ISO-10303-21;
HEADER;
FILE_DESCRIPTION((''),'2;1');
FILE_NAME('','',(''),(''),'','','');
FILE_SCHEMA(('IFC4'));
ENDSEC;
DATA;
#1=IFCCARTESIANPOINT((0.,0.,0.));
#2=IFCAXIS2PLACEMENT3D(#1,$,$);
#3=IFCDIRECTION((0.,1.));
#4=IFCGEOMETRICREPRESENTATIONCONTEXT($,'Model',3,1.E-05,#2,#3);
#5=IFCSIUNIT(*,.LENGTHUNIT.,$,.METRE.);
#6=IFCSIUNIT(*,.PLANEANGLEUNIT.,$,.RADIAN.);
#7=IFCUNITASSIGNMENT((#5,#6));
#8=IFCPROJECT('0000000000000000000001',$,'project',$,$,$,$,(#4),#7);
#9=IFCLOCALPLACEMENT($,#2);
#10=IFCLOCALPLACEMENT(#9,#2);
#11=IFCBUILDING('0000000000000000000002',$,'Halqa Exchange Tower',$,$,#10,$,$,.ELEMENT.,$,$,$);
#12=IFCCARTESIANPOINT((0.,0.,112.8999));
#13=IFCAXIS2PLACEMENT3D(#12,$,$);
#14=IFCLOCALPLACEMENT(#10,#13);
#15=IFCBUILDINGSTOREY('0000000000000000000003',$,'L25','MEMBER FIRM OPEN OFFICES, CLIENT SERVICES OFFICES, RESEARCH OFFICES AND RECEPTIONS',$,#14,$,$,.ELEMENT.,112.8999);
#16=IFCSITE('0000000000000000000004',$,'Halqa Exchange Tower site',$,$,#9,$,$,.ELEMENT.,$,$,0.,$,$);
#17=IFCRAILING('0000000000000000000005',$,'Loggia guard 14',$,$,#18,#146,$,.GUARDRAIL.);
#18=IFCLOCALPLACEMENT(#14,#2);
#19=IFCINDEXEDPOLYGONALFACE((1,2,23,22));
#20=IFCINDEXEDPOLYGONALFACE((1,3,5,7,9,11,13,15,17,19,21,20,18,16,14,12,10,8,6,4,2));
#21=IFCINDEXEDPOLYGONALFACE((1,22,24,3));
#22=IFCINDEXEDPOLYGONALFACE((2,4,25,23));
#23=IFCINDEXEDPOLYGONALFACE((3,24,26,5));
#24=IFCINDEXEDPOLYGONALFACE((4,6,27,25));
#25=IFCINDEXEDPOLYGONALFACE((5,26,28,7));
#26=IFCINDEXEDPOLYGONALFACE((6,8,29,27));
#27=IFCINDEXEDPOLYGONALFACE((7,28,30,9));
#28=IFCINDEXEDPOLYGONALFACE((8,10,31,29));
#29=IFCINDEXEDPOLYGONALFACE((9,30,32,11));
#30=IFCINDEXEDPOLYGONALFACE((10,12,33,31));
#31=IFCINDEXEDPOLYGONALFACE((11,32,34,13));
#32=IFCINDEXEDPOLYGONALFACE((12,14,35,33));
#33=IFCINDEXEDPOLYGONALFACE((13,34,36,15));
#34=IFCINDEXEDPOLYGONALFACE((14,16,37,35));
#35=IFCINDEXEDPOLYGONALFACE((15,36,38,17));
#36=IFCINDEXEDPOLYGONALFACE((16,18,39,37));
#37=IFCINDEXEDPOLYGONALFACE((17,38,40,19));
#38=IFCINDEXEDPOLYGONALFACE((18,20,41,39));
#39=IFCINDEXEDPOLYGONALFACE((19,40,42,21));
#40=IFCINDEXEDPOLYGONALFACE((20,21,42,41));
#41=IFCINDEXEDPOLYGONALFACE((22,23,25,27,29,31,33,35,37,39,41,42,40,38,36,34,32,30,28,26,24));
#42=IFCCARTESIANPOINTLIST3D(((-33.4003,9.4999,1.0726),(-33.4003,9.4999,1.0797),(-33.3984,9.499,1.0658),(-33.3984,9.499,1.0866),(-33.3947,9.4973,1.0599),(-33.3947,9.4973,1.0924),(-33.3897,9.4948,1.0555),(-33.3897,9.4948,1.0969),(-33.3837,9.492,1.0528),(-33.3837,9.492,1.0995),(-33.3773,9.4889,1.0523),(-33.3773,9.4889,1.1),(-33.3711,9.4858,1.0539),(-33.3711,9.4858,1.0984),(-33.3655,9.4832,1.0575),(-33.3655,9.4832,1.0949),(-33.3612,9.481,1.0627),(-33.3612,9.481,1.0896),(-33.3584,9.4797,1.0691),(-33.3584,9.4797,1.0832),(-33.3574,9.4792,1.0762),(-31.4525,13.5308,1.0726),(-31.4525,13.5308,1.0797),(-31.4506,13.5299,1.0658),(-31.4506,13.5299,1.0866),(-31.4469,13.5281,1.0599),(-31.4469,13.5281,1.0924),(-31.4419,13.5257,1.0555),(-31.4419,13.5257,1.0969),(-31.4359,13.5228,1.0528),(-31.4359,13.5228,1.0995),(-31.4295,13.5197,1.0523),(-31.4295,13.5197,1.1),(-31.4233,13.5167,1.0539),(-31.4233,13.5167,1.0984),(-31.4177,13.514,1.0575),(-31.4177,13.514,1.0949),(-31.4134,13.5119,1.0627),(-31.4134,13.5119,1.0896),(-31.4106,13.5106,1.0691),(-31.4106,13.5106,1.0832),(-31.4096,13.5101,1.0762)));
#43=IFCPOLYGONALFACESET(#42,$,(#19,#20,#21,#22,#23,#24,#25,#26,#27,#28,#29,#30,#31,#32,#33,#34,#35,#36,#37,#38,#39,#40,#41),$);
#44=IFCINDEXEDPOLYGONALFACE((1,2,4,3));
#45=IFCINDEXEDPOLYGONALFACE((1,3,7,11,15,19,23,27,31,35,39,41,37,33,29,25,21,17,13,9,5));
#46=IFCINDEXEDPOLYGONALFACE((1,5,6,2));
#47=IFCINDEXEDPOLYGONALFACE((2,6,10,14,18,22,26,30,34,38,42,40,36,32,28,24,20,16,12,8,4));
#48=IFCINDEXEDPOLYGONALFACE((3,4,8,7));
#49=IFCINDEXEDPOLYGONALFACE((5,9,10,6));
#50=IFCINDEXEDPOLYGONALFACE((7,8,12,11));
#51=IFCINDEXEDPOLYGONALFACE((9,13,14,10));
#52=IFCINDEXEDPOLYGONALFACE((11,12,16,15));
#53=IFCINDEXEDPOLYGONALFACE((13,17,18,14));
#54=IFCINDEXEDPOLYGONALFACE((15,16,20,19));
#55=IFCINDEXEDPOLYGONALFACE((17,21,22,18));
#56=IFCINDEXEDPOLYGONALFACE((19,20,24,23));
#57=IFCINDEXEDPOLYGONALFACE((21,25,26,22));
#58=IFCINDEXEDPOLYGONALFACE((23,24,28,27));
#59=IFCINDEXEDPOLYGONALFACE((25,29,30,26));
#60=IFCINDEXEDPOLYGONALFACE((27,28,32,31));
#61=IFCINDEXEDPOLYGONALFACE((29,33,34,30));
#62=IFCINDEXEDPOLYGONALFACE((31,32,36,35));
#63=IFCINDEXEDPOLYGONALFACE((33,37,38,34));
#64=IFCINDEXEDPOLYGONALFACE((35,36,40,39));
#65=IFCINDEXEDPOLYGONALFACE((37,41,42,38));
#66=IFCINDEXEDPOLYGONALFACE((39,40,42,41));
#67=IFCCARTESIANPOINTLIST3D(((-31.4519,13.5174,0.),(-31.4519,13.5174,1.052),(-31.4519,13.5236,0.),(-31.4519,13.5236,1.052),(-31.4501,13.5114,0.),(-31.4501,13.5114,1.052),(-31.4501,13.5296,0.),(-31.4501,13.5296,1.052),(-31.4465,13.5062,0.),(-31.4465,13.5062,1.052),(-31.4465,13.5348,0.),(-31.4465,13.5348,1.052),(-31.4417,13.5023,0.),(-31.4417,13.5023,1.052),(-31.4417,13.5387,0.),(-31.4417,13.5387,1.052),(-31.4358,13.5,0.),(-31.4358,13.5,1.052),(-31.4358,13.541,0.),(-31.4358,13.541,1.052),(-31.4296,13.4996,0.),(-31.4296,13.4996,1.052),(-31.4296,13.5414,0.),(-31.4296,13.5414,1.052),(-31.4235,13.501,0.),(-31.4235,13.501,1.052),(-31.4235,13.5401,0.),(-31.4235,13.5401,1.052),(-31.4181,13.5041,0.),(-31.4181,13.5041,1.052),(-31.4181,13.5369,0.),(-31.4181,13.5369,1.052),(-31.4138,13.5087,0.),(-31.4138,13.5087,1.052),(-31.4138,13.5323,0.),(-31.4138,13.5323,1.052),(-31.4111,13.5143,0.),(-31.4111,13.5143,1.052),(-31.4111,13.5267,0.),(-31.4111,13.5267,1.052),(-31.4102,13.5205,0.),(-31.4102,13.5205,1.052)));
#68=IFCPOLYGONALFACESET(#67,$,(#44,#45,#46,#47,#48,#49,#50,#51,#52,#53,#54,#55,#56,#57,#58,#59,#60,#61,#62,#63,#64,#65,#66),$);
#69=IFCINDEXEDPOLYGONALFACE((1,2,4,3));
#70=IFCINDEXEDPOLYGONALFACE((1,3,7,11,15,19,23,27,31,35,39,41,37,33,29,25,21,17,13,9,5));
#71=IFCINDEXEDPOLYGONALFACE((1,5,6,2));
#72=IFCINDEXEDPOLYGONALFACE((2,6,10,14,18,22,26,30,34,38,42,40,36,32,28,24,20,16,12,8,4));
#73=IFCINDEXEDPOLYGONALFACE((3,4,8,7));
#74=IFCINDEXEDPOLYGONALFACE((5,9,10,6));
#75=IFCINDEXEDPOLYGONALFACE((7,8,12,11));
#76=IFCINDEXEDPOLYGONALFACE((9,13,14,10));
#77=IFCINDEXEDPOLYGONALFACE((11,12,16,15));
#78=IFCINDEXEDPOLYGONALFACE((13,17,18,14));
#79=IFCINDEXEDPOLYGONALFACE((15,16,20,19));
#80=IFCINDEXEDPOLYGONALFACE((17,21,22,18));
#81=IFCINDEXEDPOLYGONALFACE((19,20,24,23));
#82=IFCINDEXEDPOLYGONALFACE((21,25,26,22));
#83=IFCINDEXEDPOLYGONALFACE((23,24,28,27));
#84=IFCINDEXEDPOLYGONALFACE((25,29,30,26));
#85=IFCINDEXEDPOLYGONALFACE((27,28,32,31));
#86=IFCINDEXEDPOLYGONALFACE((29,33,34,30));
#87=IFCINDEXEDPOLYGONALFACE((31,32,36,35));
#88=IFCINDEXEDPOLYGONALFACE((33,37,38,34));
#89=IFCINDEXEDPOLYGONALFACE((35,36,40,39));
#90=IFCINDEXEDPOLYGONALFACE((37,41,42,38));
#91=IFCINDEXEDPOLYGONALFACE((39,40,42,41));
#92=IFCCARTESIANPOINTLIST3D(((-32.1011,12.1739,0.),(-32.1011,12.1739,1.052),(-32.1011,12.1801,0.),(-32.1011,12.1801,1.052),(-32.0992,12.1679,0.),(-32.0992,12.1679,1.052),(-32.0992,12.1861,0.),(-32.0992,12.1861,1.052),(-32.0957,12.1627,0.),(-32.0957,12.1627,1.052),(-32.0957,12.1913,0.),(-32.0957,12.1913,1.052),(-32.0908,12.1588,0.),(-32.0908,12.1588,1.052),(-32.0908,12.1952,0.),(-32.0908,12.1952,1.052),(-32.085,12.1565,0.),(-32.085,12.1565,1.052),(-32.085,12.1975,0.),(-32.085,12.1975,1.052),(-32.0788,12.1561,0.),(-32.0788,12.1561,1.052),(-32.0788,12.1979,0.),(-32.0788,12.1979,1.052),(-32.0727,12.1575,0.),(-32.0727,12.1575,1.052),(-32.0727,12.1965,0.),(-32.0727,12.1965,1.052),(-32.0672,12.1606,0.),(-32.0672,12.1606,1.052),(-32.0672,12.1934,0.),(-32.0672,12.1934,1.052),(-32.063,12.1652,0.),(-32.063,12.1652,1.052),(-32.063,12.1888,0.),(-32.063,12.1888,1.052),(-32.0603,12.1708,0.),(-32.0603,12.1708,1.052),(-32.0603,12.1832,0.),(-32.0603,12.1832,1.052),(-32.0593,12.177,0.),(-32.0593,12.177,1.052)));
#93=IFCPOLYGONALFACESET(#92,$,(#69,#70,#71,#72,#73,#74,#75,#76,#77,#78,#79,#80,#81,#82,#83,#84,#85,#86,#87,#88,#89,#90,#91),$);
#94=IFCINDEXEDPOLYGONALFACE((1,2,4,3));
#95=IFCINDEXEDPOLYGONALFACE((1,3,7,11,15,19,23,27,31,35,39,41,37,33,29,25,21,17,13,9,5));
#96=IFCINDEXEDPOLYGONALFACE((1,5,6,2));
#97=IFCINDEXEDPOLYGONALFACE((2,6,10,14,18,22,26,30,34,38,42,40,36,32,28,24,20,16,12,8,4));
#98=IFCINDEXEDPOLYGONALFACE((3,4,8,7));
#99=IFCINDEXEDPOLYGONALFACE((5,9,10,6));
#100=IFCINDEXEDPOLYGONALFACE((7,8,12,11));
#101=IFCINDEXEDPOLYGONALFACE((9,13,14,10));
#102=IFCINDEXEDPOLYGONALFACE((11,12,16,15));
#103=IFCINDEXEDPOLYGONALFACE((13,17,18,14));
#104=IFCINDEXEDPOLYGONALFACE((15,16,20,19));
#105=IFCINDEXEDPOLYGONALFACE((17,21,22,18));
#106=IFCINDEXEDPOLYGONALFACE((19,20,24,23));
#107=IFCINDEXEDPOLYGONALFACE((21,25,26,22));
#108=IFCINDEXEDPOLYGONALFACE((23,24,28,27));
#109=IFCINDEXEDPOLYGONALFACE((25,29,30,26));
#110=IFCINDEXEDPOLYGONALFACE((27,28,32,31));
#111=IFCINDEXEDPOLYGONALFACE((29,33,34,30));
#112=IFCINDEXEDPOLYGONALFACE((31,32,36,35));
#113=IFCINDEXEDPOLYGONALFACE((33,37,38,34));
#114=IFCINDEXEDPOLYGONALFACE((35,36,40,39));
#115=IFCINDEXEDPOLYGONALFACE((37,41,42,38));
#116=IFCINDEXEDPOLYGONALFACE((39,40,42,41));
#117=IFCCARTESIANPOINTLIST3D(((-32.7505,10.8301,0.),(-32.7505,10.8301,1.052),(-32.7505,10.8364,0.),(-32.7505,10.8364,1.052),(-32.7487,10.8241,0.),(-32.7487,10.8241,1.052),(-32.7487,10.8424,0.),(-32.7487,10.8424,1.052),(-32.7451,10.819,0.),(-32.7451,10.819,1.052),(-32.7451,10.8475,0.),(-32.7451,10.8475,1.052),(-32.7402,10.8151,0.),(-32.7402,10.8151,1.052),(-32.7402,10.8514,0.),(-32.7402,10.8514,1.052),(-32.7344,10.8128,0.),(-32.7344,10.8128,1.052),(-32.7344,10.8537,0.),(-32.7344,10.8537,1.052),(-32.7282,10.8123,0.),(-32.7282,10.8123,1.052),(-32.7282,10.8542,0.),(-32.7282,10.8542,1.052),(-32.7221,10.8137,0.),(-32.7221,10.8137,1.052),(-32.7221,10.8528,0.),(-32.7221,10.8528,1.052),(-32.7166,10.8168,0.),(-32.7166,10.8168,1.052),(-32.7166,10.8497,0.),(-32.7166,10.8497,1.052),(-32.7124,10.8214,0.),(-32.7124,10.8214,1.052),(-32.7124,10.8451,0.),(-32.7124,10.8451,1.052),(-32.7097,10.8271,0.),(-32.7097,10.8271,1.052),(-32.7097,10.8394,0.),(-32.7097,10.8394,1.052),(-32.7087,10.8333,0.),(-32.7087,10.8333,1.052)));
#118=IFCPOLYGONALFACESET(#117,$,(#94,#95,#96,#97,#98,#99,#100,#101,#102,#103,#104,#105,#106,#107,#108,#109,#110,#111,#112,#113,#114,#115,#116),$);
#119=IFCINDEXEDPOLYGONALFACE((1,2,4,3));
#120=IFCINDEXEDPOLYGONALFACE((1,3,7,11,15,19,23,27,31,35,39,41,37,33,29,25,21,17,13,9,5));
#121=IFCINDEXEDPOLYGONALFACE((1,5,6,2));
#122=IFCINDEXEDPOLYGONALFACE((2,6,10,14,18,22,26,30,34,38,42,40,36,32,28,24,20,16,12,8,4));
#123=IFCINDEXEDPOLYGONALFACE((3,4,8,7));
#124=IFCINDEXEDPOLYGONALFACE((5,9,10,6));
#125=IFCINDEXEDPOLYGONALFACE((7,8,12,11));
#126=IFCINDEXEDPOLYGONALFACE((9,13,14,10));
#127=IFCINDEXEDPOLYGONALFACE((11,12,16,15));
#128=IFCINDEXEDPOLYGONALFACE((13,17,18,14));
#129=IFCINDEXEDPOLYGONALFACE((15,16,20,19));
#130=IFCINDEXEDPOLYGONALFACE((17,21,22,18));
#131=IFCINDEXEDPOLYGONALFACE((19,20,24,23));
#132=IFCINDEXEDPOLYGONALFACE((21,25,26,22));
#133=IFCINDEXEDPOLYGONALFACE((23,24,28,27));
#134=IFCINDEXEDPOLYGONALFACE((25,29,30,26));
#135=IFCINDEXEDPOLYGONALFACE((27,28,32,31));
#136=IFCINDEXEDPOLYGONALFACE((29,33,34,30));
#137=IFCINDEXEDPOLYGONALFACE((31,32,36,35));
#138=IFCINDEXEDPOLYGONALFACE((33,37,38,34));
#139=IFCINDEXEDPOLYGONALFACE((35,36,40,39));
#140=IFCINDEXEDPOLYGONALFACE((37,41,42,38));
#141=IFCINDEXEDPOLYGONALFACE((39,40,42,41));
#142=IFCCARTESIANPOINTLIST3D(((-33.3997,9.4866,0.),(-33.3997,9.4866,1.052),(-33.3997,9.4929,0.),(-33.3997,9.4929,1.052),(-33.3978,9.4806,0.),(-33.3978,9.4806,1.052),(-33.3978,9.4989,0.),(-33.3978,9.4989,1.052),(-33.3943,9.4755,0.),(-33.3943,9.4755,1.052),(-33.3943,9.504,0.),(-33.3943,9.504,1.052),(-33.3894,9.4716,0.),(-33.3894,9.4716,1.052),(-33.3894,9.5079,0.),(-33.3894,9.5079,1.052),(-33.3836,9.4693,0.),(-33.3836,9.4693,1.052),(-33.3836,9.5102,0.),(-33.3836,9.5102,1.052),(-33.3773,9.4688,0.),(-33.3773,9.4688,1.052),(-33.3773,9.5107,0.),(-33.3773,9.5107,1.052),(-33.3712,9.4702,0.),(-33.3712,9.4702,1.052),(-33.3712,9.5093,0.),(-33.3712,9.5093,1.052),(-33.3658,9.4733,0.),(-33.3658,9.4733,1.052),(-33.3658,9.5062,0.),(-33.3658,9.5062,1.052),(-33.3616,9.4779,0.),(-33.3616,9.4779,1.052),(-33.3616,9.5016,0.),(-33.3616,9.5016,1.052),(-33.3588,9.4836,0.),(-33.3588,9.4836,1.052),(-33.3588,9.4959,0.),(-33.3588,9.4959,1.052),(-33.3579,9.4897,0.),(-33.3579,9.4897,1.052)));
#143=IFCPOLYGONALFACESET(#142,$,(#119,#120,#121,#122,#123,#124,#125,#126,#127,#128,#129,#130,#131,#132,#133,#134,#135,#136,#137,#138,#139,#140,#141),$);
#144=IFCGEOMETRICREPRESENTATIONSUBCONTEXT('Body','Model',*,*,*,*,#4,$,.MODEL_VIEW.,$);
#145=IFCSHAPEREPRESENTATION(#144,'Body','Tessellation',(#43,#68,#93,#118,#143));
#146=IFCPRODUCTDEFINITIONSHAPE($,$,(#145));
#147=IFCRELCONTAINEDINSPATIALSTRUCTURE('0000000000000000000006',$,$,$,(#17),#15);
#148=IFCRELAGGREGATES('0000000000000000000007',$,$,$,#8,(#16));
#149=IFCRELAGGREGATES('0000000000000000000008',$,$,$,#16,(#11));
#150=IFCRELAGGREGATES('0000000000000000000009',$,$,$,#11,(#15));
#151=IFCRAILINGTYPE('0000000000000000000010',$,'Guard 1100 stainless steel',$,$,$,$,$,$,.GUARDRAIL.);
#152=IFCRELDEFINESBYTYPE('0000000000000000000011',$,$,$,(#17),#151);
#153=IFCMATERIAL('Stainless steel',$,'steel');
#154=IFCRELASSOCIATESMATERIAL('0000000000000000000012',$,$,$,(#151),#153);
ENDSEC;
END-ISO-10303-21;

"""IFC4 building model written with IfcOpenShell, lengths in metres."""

from ifc_helpers import new_model, si_unit, direction, frame, origin, origin_2d, place, context, subcontext, project, spatial, circle, extrude, material, type_object, element, save


model = new_model("IFC4")

# Units and contexts
model_context = context("Model", 3, precision=1e-05, world=origin(), true_north=direction((0.0, 1.0)))
body_context = subcontext(model_context, "Body", "Model", "MODEL_VIEW")
ifc_project = project(units=[si_unit("LENGTHUNIT", "METRE"), si_unit("PLANEANGLEUNIT", "RADIAN")], contexts=[model_context])

# Site, building, storey
site_placement = place(None, origin())
site = spatial("IfcSite", under=ifc_project, at=site_placement, Name="Halqa Exchange Tower site", CompositionType="ELEMENT", RefElevation=0.0)
building_placement = place(site_placement, origin())
building = spatial("IfcBuilding", under=site, at=building_placement, Name="Halqa Exchange Tower", CompositionType="ELEMENT")
storey_placement = place(building_placement, frame((0.0, 0.0, 112.8999)))
storey = spatial("IfcBuildingStorey", under=building, at=storey_placement, Name="L25", Description="MEMBER FIRM OPEN OFFICES, CLIENT SERVICES OFFICES, RESEARCH OFFICES AND RECEPTIONS", CompositionType="ELEMENT", Elevation=112.8999)

# Railing
ifc_material_1 = material(Name="Stainless steel", Category="steel")
railing_type = type_object("IfcRailingType", Name="Guard 1100 stainless steel", PredefinedType="GUARDRAIL", material=ifc_material_1)
railing_1_placement = place(storey_placement, frame((-31.4312, 13.5205, 0.0)))
element("IfcRailing", 1, at=railing_1_placement, inside=storey, type_object=railing_type, Name="Loggia guard 14", PredefinedType="GUARDRAIL", context=body_context, shape_type="SweptSolid", body=[
    extrude(circle(Radius=0.0239, at=origin_2d()), frame((0.0, 0.0, 1.0762), z_axis=(-0.435088, -0.900388, 0.0), x_axis=(0.900388, -0.435088, 0.0)), (0.0, 0.0, 1.0), 4.4768),
    extrude(circle(Radius=0.021, at=origin_2d()), origin(), (0.0, 0.0, 1.0), 1.052),
    extrude(circle(Radius=0.021, at=origin_2d()), frame((-0.6492, -1.3435, 0.0)), (0.0, 0.0, 1.0), 1.052),
    extrude(circle(Radius=0.021, at=origin_2d()), frame((-1.2986, -2.6873, 0.0)), (0.0, 0.0, 1.0), 1.052),
    extrude(circle(Radius=0.021, at=origin_2d()), frame((-1.9478, -4.0308, 0.0)), (0.0, 0.0, 1.0), 1.052),
])

save(model, "model.ifc")
